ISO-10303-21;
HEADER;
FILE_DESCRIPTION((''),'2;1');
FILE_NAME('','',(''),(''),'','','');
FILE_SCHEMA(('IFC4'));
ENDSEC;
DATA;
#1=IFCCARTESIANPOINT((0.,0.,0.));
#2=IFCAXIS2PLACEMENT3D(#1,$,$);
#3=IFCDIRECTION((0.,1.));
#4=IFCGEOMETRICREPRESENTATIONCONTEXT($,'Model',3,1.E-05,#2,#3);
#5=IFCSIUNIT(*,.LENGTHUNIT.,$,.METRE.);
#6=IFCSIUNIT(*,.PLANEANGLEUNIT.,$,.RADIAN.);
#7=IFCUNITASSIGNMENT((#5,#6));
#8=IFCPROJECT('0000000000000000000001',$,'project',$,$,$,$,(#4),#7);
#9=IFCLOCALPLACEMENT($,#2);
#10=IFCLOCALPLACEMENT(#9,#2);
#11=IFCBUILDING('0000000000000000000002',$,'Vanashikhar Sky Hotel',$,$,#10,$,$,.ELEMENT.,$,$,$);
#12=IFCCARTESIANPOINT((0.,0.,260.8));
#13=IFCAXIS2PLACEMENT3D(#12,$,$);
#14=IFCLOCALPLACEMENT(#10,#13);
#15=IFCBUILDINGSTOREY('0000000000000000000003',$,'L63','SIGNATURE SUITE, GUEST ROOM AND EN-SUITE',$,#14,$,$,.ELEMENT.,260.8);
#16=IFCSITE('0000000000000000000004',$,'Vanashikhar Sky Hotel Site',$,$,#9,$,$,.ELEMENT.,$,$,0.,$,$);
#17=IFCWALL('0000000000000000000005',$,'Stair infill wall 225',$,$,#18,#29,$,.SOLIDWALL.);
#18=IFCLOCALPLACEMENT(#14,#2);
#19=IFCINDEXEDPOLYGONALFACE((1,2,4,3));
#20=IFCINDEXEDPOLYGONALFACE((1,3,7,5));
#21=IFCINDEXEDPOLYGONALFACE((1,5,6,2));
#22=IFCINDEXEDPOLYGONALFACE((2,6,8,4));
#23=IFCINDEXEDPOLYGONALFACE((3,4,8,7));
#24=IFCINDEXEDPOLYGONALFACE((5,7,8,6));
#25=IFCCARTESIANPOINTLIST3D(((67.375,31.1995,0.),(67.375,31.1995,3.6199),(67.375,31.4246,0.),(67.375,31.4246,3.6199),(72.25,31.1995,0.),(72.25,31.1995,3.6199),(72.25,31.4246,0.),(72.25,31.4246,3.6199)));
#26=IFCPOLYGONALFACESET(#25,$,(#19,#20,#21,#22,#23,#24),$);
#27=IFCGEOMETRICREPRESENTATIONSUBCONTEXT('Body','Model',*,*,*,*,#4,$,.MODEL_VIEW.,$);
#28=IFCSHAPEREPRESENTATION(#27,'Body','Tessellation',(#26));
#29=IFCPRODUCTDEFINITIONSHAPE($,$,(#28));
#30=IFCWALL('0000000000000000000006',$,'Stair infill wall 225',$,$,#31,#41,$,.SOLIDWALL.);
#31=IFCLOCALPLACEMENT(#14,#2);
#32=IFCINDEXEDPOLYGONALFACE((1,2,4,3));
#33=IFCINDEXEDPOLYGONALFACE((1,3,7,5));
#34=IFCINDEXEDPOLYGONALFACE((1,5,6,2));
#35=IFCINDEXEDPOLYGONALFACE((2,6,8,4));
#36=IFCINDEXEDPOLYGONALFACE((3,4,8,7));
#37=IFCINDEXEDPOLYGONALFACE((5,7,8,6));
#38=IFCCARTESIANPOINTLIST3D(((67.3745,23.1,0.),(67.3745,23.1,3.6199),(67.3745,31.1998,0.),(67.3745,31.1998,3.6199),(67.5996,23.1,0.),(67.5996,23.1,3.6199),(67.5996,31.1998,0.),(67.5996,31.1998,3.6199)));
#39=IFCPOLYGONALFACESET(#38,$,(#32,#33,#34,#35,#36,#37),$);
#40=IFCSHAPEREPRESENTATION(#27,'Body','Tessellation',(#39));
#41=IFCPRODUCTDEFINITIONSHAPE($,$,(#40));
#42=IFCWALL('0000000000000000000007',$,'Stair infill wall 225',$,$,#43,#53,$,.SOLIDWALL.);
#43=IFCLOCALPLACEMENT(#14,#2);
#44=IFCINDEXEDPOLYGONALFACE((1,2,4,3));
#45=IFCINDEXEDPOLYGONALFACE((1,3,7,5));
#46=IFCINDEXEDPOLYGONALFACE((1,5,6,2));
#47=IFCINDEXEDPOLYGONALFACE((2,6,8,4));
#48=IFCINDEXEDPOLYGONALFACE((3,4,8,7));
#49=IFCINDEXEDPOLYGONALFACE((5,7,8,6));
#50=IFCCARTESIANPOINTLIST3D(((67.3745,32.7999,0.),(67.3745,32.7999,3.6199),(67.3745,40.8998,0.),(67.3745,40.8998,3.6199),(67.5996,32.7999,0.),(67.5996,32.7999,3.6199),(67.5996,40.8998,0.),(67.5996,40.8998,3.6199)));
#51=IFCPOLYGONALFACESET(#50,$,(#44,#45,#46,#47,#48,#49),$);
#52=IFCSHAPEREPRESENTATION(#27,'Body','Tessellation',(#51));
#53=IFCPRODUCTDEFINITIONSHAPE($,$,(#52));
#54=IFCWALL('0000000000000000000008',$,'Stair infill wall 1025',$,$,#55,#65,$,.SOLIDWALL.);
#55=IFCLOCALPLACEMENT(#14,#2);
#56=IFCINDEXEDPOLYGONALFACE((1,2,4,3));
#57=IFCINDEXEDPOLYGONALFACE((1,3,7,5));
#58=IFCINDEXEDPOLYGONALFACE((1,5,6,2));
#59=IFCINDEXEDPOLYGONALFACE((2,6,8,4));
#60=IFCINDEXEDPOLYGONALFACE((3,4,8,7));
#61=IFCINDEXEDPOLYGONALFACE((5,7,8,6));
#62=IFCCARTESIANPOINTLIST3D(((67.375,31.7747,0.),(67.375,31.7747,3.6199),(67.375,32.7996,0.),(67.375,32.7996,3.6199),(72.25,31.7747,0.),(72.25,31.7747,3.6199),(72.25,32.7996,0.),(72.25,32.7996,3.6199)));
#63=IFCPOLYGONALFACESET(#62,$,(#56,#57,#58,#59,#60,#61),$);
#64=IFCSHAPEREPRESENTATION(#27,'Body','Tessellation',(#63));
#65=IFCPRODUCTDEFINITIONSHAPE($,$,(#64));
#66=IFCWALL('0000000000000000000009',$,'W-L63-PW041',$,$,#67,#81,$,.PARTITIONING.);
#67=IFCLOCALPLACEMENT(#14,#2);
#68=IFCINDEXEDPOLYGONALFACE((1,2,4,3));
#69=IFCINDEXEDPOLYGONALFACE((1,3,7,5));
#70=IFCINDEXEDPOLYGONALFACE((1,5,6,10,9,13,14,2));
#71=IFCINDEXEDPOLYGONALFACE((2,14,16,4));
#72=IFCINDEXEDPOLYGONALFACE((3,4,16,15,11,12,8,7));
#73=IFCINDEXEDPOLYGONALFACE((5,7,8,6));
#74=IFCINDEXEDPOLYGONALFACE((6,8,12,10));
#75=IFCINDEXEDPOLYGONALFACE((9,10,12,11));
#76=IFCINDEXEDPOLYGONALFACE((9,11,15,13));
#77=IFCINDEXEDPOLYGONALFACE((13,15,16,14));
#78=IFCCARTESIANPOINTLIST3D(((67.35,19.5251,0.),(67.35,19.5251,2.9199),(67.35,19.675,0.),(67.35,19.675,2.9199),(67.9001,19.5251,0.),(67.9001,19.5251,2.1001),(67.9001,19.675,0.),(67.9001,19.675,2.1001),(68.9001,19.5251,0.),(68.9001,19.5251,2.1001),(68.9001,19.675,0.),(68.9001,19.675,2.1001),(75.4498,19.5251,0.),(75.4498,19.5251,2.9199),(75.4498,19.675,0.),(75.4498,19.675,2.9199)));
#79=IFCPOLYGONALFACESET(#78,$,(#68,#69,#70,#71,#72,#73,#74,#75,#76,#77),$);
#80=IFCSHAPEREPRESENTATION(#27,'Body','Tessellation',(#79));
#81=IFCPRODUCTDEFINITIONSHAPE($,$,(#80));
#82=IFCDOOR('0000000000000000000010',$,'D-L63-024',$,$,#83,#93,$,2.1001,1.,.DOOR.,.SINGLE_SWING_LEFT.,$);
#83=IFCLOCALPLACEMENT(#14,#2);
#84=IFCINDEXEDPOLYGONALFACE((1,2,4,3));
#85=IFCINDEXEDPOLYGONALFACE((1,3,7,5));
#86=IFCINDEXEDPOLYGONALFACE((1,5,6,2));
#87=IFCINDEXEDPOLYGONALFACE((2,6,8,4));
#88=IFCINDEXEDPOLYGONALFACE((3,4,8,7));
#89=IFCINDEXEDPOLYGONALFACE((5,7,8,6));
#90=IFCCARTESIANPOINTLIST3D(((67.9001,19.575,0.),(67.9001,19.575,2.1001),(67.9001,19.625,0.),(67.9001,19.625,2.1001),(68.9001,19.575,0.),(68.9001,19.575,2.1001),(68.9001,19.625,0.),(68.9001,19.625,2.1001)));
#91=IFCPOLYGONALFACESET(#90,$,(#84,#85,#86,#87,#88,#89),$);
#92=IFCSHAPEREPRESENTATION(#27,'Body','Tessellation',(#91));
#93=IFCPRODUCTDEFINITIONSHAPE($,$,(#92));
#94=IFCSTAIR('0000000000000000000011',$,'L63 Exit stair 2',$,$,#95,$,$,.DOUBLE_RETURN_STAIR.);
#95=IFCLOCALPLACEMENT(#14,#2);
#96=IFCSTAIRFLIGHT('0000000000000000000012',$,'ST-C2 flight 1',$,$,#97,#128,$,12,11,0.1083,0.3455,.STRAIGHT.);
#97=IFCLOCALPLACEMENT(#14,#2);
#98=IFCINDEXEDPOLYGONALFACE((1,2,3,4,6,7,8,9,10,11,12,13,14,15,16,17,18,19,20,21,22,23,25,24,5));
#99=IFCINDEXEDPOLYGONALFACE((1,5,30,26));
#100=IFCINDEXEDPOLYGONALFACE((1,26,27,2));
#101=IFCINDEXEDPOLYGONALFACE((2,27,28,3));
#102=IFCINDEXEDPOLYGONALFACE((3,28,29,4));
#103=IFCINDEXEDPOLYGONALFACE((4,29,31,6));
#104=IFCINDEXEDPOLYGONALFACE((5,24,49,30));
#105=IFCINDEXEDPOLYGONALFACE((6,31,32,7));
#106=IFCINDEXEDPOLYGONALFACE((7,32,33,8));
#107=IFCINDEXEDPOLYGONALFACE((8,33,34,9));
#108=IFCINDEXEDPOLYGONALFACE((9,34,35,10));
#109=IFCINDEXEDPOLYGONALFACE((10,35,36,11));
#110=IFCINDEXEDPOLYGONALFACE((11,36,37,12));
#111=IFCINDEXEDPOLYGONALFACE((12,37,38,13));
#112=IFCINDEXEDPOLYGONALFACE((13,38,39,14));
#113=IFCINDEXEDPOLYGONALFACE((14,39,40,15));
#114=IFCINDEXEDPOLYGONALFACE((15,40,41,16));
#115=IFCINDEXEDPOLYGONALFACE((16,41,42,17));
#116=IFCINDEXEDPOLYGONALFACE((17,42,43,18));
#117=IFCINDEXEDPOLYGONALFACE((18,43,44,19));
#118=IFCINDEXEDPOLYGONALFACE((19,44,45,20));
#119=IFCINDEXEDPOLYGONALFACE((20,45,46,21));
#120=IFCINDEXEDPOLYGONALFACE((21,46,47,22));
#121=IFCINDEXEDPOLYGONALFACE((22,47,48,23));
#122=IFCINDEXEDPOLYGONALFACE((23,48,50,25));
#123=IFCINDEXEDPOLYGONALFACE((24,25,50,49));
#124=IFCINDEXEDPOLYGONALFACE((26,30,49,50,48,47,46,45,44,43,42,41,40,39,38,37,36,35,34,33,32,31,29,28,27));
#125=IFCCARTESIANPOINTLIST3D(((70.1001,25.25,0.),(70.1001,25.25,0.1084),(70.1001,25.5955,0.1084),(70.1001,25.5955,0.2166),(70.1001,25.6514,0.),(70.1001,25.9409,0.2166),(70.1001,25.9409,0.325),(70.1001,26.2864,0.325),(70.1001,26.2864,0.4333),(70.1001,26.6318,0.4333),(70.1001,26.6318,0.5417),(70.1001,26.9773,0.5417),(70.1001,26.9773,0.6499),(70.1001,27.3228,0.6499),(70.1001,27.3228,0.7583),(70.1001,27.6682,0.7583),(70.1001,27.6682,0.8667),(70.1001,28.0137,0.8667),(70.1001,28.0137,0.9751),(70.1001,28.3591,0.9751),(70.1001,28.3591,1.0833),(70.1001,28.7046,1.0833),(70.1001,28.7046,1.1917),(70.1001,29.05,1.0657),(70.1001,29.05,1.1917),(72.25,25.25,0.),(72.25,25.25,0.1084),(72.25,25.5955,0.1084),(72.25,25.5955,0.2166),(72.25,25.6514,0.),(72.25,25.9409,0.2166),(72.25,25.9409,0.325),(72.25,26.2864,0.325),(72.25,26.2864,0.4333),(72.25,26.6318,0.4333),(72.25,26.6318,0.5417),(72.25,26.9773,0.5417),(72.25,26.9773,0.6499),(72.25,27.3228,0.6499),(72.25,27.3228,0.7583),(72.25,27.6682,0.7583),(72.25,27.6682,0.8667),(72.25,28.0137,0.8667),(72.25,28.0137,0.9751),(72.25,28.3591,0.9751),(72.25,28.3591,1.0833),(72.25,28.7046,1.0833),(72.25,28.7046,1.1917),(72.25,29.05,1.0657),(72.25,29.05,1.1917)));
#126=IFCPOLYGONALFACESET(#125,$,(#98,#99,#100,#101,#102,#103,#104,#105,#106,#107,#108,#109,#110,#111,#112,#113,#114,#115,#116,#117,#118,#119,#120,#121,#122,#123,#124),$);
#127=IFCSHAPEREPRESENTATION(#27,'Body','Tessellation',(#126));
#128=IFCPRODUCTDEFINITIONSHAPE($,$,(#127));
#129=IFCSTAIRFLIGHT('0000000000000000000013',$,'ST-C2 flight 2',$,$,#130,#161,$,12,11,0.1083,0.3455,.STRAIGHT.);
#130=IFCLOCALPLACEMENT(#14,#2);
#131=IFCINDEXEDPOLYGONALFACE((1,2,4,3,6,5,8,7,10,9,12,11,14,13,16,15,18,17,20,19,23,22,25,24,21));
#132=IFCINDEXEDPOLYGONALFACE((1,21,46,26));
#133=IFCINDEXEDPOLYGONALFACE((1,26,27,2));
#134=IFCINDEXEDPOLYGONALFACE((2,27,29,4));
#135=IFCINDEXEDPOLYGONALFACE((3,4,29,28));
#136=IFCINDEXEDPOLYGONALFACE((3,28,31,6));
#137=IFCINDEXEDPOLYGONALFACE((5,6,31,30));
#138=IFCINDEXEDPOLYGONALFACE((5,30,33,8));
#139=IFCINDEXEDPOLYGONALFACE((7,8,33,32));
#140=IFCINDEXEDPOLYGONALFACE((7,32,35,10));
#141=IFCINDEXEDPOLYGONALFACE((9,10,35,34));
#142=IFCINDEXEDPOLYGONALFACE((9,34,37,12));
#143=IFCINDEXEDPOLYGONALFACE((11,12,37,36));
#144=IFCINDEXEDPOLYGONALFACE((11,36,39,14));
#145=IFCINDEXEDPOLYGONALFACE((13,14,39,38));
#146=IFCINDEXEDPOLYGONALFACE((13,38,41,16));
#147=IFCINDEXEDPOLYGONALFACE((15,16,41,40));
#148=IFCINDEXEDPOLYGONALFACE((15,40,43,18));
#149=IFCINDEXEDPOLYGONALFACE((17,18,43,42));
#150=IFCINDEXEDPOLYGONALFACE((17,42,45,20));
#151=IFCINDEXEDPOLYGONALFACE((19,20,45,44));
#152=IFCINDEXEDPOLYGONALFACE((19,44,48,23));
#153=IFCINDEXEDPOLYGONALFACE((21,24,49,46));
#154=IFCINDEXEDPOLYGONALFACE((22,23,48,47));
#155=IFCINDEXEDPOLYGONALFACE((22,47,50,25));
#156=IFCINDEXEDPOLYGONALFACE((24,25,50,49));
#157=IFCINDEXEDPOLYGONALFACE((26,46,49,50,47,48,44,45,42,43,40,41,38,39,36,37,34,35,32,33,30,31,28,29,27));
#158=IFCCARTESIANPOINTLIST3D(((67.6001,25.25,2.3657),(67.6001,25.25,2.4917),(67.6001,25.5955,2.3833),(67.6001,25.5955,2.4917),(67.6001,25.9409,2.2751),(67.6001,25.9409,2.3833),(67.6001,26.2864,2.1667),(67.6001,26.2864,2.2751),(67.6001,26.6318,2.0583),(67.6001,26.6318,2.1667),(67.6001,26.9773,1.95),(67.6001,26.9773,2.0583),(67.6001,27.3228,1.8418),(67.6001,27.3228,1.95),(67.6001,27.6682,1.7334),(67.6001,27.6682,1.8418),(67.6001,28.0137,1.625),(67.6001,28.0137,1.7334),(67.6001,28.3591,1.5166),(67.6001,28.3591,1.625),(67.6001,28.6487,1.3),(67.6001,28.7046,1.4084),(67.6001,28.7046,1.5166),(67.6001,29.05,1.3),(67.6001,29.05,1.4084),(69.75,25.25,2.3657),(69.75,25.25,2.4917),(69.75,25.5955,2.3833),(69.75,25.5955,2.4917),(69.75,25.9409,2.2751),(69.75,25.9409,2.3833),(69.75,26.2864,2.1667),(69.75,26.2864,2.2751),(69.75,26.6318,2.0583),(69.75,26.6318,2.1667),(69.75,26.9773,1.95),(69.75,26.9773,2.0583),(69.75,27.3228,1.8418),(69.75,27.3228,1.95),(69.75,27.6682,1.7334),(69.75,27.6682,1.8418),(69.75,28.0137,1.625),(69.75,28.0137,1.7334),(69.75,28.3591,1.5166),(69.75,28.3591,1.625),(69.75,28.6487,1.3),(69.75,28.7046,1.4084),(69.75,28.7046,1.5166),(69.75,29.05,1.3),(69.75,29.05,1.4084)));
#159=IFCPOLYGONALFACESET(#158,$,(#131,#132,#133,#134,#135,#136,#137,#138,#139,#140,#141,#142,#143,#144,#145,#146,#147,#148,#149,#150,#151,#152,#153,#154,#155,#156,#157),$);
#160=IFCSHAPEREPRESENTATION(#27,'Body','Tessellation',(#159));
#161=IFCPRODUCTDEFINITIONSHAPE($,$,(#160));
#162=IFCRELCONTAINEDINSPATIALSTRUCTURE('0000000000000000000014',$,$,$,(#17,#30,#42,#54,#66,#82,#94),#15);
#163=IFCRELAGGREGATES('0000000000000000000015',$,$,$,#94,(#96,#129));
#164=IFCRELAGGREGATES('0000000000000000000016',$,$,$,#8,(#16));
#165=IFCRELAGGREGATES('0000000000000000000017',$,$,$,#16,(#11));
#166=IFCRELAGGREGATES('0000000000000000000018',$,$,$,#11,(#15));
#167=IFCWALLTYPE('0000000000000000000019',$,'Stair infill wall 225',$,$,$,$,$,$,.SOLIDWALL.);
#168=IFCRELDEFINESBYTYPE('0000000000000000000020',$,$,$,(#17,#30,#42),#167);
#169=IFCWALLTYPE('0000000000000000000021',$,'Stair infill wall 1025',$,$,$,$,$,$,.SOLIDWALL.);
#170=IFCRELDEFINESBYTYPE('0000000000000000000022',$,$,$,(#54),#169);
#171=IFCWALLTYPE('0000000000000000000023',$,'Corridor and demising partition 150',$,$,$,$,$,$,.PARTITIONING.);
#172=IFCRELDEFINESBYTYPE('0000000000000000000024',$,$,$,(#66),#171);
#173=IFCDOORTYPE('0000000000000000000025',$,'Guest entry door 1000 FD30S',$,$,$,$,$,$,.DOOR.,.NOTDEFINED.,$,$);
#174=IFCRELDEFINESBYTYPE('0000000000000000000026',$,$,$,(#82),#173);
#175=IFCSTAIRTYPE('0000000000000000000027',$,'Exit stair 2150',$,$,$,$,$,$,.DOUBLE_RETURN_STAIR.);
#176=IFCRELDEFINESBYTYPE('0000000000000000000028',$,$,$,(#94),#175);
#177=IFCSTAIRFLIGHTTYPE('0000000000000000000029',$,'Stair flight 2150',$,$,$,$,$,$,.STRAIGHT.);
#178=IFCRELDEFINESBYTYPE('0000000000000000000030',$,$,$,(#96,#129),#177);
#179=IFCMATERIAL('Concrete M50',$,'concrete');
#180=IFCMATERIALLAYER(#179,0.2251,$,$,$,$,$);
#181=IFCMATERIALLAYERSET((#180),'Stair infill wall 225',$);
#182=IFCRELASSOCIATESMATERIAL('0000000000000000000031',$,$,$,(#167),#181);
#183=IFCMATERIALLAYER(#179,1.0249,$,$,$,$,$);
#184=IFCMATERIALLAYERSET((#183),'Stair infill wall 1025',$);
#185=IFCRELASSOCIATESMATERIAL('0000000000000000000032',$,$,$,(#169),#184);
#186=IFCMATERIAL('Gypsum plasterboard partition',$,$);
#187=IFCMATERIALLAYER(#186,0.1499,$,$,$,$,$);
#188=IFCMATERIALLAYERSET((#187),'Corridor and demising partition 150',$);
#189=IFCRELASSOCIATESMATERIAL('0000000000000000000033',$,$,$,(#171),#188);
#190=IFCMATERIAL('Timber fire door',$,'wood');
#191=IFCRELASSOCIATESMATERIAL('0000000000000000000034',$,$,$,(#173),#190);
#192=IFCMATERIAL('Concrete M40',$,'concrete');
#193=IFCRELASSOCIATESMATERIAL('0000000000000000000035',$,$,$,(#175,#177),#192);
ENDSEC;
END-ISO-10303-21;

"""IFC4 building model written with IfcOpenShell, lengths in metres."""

from ifc_helpers import new_model, si_unit, direction, frame, frame_2d, origin, place, context, subcontext, project, spatial, polyline, rectangle, outline, extrude, source, transform, mapped, material, layer, layer_set, type_object, element, fill, aggregate, save


model = new_model("IFC4")

# Units and contexts
model_context = context("Model", 3, precision=1e-05, world=origin(), true_north=direction((0.0, 1.0)))
body_context = subcontext(model_context, "Body", "Model", "MODEL_VIEW")
ifc_project = project(units=[si_unit("LENGTHUNIT", "METRE"), si_unit("PLANEANGLEUNIT", "RADIAN")], contexts=[model_context])

# Site, building, storey
site_placement = place(None, origin())
site = spatial("IfcSite", under=ifc_project, at=site_placement, Name="Vanashikhar Sky Hotel Site", CompositionType="ELEMENT", RefElevation=0.0)
building_placement = place(site_placement, origin())
building = spatial("IfcBuilding", under=site, at=building_placement, Name="Vanashikhar Sky Hotel", CompositionType="ELEMENT")
storey_placement = place(building_placement, frame((0.0, 0.0, 260.8)))
storey = spatial("IfcBuildingStorey", under=building, at=storey_placement, Name="L63", Description="SIGNATURE SUITE, GUEST ROOM AND EN-SUITE", CompositionType="ELEMENT", Elevation=260.8)

# Walls
ifc_material_1 = material(Name="Concrete M50", Category="concrete")
ifc_layer_1 = layer(ifc_material_1, 0.2251)
ifc_layer_set_1 = layer_set([ifc_layer_1], Name="Stair infill wall 225")
wall_type_1 = type_object("IfcWallType", Name="Stair infill wall 225", PredefinedType="SOLIDWALL", material=ifc_layer_set_1)
shared_shape_1 = source(origin(), body_context, "Body", "SweptSolid", [
    extrude(rectangle(XDim=4.875, YDim=0.2251, at=frame_2d((2.4375, 0.0))), origin(), (0.0, 0.0, 1.0), 3.6199),
])
wall_1_placement = place(storey_placement, frame((67.375, 31.312, 0.0), z_axis=(0.0, 0.0, 1.0), x_axis=(1.0, 0.0, 0.0)))
element("IfcWall", 1, at=wall_1_placement, inside=storey, type_object=wall_type_1, Name="Stair infill wall 225", PredefinedType="SOLIDWALL", context=body_context, shape_type="MappedRepresentation", body=[
    mapped(shared_shape_1, transform((0.0, 0.0, 0.0), scale=1.0)),
])
shared_shape_2 = source(origin(), body_context, "Body", "SweptSolid", [
    extrude(rectangle(XDim=8.0999, YDim=0.2251, at=frame_2d((4.0498, 0.0))), origin(), (0.0, 0.0, 1.0), 3.6199),
])
for number, where, z_axis, x_axis, name in (
    (2, (67.4871, 23.1001, 0.0), (0.0, 0.0, 1.0), (0.0, 1.0, 0.0), "Stair infill wall 225"),
    (3, (67.4871, 32.8, 0.0), (0.0, 0.0, 1.0), (0.0, 1.0, 0.0), "Stair infill wall 225"),
):
    element("IfcWall", number, at=place(storey_placement, frame(where, z_axis=z_axis, x_axis=x_axis)), inside=storey, type_object=wall_type_1, Name=name, PredefinedType="SOLIDWALL", context=body_context, shape_type="MappedRepresentation", body=[
        mapped(shared_shape_2, transform((0.0, 0.0, 0.0), scale=1.0)),
    ])
ifc_layer_2 = layer(ifc_material_1, 1.0249)
ifc_layer_set_2 = layer_set([ifc_layer_2], Name="Stair infill wall 1025")
wall_type_2 = type_object("IfcWallType", Name="Stair infill wall 1025", PredefinedType="SOLIDWALL", material=ifc_layer_set_2)
shared_shape_3 = source(origin(), body_context, "Body", "SweptSolid", [
    extrude(rectangle(XDim=4.875, YDim=1.0249, at=frame_2d((2.4375, 0.0))), origin(), (0.0, 0.0, 1.0), 3.6199),
])
wall_2_placement = place(storey_placement, frame((67.375, 32.2871, 0.0), z_axis=(0.0, 0.0, 1.0), x_axis=(1.0, 0.0, 0.0)))
element("IfcWall", 4, at=wall_2_placement, inside=storey, type_object=wall_type_2, Name="Stair infill wall 1025", PredefinedType="SOLIDWALL", context=body_context, shape_type="MappedRepresentation", body=[
    mapped(shared_shape_3, transform((0.0, 0.0, 0.0), scale=1.0)),
])

# Wall, opening, door
ifc_material_2 = material(Name="Gypsum plasterboard partition")
ifc_layer_3 = layer(ifc_material_2, 0.1499)
ifc_layer_set_3 = layer_set([ifc_layer_3], Name="Corridor and demising partition 150")
wall_type_3 = type_object("IfcWallType", Name="Corridor and demising partition 150", PredefinedType="PARTITIONING", material=ifc_layer_set_3)
shared_shape_4 = source(origin(), body_context, "Body", "SweptSolid", [
    extrude(rectangle(XDim=8.0999, YDim=0.1499, at=frame_2d((4.0498, 0.0))), origin(), (0.0, 0.0, 1.0), 2.9199),
])
wall_3_placement = place(storey_placement, frame((67.3501, 19.6001, 0.0), z_axis=(0.0, 0.0, 1.0), x_axis=(1.0, 0.0, 0.0)))
wall_3 = element("IfcWall", 5, at=wall_3_placement, inside=storey, type_object=wall_type_3, Name="W-L63-PW041", PredefinedType="PARTITIONING", context=body_context, shape_type="MappedRepresentation", body=[
    mapped(shared_shape_4, transform((0.0, 0.0, 0.0), scale=1.0)),
])
shared_shape_5 = source(origin(), body_context, "Body", "SweptSolid", [
    extrude(rectangle(XDim=1.0, YDim=2.1001, at=frame_2d((0.5, 1.05))), frame((0.0, 0.085, 0.0), z_axis=(0.0, -1.0, 0.0), x_axis=(1.0, 0.0, 0.0)), (0.0, 0.0, 1.0), 0.1699),
])
opening_1_placement = place(wall_3_placement, frame((0.55, 0.0, 0.0)))
opening_1 = element("IfcOpeningElement", 6, at=opening_1_placement, cuts=wall_3, PredefinedType="OPENING", context=body_context, shape_type="MappedRepresentation", body=[
    mapped(shared_shape_5, transform((0.0, 0.0, 0.0), scale=1.0)),
])
ifc_material_3 = material(Name="Timber fire door", Category="wood")
door_type_1 = type_object("IfcDoorType", Name="Guest entry door 1000 FD30S", OperationType="NOTDEFINED", PredefinedType="DOOR", material=ifc_material_3)
shared_shape_6 = source(origin(), body_context, "Body", "SweptSolid", [
    extrude(rectangle(XDim=1.0, YDim=2.1001, at=frame_2d((0.5, 1.05))), frame((0.0, 0.0249, 0.0), z_axis=(0.0, -1.0, 0.0), x_axis=(1.0, 0.0, 0.0)), (0.0, 0.0, 1.0), 0.05),
])
door_1_placement = place(opening_1_placement, origin())
door_1 = element("IfcDoor", 7, at=door_1_placement, inside=storey, type_object=door_type_1, Name="D-L63-024", OperationType="SINGLE_SWING_LEFT", OverallHeight=2.1001, OverallWidth=1.0, PredefinedType="DOOR", context=body_context, shape_type="MappedRepresentation", body=[
    mapped(shared_shape_6, transform((0.0, 0.0, 0.0), scale=1.0)),
])
fill(opening_1, door_1)

# Stair, stair flights
ifc_material_4 = material(Name="Concrete M40", Category="concrete")
stair_type = type_object("IfcStairType", Name="Exit stair 2150", PredefinedType="DOUBLE_RETURN_STAIR", material=ifc_material_4)
stair_1_placement = place(storey_placement, origin())
stair_1 = element("IfcStair", 8, at=stair_1_placement, inside=storey, type_object=stair_type, Name="L63 Exit stair 2", PredefinedType="DOUBLE_RETURN_STAIR")
stair_flight_type = type_object("IfcStairFlightType", Name="Stair flight 2150", PredefinedType="STRAIGHT", material=ifc_material_4)
shared_shape_7 = source(origin(), body_context, "Body", "SweptSolid", [
    extrude(outline(polyline([(0.0, 0.0), (0.0, 0.1084), (0.3455, 0.1084), (0.3455, 0.2166), (0.6909, 0.2166), (0.6909, 0.325), (1.0364, 0.325), (1.0364, 0.4333), (1.3818, 0.4333), (1.3818, 0.5417), (1.7273, 0.5417), (1.7273, 0.6499), (2.0728, 0.6499), (2.0728, 0.7583), (2.4182, 0.7583), (2.4182, 0.8667), (2.7637, 0.8667), (2.7637, 0.9751), (3.1091, 0.9751), (3.1091, 1.0833), (3.4546, 1.0833), (3.4546, 1.1917), (3.8, 1.1917), (3.8, 1.3), (3.8, 1.0657), (0.4014, 0.0), (0.0, 0.0)])), frame((0.0, 1.075, 0.0), z_axis=(0.0, -1.0, 0.0), x_axis=(1.0, 0.0, 0.0)), (0.0, 0.0, 1.0), 2.1499),
])
stair_flight_1_placement = place(storey_placement, frame((71.175, 25.25, 0.0), z_axis=(0.0, 0.0, 1.0), x_axis=(0.0, 1.0, 0.0)))
stair_flight_1 = element("IfcStairFlight", 9, at=stair_flight_1_placement, type_object=stair_flight_type, Name="ST-C2 flight 1", NumberOfRisers=12, NumberOfTreads=11, PredefinedType="STRAIGHT", RiserHeight=0.1083, TreadLength=0.3455, context=body_context, shape_type="MappedRepresentation", body=[
    mapped(shared_shape_7, transform((0.0, 0.0, 0.0), scale=1.0)),
])
stair_flight_2_placement = place(storey_placement, frame((68.675, 29.05, 1.3), z_axis=(0.0, 0.0, 1.0), x_axis=(0.0, -1.0, 0.0)))
stair_flight_2 = element("IfcStairFlight", 10, at=stair_flight_2_placement, type_object=stair_flight_type, Name="ST-C2 flight 2", NumberOfRisers=12, NumberOfTreads=11, PredefinedType="STRAIGHT", RiserHeight=0.1083, TreadLength=0.3455, context=body_context, shape_type="MappedRepresentation", body=[
    mapped(shared_shape_7, transform((0.0, 0.0, 0.0), scale=1.0)),
])
aggregate(stair_1, [stair_flight_1, stair_flight_2])

save(model, "model.ifc")
